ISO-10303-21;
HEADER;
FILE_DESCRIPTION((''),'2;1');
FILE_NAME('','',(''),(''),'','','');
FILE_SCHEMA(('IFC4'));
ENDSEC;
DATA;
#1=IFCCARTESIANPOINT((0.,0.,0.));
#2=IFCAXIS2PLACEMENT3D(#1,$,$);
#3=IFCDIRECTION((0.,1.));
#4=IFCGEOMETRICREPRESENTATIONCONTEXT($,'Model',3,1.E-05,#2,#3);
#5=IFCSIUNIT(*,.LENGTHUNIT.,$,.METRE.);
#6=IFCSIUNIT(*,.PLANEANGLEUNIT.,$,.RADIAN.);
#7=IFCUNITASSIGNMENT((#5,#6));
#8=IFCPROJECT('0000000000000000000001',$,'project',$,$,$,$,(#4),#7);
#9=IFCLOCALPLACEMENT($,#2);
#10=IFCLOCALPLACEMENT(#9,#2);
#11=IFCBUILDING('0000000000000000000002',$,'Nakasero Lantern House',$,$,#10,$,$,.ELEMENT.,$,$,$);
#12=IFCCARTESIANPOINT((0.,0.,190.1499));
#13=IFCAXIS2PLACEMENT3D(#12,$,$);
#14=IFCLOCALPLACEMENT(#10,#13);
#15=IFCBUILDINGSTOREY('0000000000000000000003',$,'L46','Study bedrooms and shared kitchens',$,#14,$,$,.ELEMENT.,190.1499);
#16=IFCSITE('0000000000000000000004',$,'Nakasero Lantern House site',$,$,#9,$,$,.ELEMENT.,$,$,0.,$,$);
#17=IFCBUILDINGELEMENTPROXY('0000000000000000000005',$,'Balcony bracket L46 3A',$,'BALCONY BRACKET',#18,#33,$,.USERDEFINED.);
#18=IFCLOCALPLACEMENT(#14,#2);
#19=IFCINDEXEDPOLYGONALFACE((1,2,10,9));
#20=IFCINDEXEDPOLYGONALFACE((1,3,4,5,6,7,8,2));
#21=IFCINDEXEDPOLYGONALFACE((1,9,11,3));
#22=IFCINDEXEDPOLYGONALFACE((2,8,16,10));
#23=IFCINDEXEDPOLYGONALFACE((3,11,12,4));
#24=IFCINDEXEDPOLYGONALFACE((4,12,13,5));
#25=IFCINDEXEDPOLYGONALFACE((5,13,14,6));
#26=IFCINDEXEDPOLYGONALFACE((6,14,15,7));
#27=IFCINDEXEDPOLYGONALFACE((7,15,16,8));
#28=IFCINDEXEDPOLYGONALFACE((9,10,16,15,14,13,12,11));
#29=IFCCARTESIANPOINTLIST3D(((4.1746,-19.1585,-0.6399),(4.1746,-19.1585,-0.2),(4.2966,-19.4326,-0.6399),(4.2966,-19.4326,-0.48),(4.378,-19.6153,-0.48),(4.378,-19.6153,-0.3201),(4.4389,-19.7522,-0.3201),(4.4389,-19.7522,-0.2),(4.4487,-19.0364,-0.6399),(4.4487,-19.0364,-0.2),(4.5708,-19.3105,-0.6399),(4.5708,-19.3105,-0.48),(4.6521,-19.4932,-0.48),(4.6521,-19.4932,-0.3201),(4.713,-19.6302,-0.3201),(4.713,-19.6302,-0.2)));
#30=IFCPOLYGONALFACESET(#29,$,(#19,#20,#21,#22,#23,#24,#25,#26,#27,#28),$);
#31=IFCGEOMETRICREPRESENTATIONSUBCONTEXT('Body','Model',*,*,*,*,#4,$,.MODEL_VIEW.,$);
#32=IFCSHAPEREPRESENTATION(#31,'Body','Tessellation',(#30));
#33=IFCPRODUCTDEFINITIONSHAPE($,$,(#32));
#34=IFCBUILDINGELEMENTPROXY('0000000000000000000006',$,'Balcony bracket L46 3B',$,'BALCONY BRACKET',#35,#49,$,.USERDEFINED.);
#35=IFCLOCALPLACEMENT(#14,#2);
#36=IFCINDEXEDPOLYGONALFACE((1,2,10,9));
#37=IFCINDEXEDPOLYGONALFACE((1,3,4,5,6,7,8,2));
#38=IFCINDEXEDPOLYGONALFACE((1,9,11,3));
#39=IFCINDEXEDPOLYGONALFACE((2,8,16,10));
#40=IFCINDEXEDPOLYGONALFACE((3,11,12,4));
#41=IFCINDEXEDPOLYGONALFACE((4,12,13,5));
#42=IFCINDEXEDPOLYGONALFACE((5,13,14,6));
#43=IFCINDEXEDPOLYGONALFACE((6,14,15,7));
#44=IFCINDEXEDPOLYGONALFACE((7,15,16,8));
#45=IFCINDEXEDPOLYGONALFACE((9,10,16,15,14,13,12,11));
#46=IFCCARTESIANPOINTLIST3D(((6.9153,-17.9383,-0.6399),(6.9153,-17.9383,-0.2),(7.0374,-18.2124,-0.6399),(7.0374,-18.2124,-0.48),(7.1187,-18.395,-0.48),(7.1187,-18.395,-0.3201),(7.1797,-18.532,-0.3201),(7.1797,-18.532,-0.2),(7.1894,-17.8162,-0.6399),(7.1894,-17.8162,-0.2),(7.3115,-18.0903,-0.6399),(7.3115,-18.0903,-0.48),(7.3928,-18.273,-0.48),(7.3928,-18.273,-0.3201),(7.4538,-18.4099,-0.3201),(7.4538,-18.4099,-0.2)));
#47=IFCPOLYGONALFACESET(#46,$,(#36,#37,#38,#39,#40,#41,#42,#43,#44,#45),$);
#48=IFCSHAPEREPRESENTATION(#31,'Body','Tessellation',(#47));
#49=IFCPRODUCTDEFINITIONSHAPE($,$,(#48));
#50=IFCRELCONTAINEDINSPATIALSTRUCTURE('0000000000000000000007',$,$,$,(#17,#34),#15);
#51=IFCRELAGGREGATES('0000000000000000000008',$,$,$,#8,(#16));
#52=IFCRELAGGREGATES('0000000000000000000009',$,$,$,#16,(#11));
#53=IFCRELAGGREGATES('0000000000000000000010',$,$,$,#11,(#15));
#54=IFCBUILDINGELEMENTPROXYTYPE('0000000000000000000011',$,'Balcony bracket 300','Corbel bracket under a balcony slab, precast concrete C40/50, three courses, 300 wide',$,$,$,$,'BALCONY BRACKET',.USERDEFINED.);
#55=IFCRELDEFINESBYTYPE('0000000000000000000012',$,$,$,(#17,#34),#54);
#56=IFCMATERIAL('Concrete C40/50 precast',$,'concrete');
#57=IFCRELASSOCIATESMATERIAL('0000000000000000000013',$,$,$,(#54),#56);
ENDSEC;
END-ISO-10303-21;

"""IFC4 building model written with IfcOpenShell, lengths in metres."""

from ifc_helpers import new_model, si_unit, direction, frame, origin, place, context, subcontext, project, spatial, polyline, outline, extrude, material, type_object, element, save


model = new_model("IFC4")

# Units and contexts
model_context = context("Model", 3, precision=1e-05, world=origin(), true_north=direction((0.0, 1.0)))
body_context = subcontext(model_context, "Body", "Model", "MODEL_VIEW")
ifc_project = project(units=[si_unit("LENGTHUNIT", "METRE"), si_unit("PLANEANGLEUNIT", "RADIAN")], contexts=[model_context])

# Site, building, storey
site_placement = place(None, origin())
site = spatial("IfcSite", under=ifc_project, at=site_placement, Name="Nakasero Lantern House site", CompositionType="ELEMENT", RefElevation=0.0)
building_placement = place(site_placement, origin())
building = spatial("IfcBuilding", under=site, at=building_placement, Name="Nakasero Lantern House", CompositionType="ELEMENT")
storey_placement = place(building_placement, frame((0.0, 0.0, 190.1499)))
storey = spatial("IfcBuildingStorey", under=building, at=storey_placement, Name="L46", Description="Study bedrooms and shared kitchens", CompositionType="ELEMENT", Elevation=190.1499)

# Building element proxies
ifc_material_1 = material(Name="Concrete C40/50 precast", Category="concrete")
building_element_proxy_type = type_object("IfcBuildingElementProxyType", Name="Balcony bracket 300", Description="Corbel bracket under a balcony slab, precast concrete C40/50, three courses, 300 wide", ElementType="BALCONY BRACKET", PredefinedType="USERDEFINED", material=ifc_material_1)
for number, where, z_axis, x_axis, name in (
    (1, (4.3118, -19.0974, -0.2), (0.0, 0.0, 1.0), (0.406737, -0.913545, 0.0), "Balcony bracket L46 3A"),
    (2, (7.0525, -17.8772, -0.2), (0.0, 0.0, 1.0), (0.406737, -0.913545, 0.0), "Balcony bracket L46 3B"),
):
    element("IfcBuildingElementProxy", number, at=place(storey_placement, frame(where, z_axis=z_axis, x_axis=x_axis)), inside=storey, type_object=building_element_proxy_type, Name=name, ObjectType="BALCONY BRACKET", PredefinedType="USERDEFINED", context=body_context, shape_type="SweptSolid", body=[
        extrude(outline(polyline([(0.0, 0.0), (0.6499, 0.0), (0.6499, -0.1201), (0.5, -0.1201), (0.5, -0.28), (0.3, -0.28), (0.3, -0.4399), (0.0, -0.4399), (0.0, 0.0)])), frame((0.0, 0.1499, 0.0), z_axis=(0.0, -1.0, 0.0), x_axis=(1.0, 0.0, 0.0)), (0.0, 0.0, 1.0), 0.3),
    ])

save(model, "model.ifc")
